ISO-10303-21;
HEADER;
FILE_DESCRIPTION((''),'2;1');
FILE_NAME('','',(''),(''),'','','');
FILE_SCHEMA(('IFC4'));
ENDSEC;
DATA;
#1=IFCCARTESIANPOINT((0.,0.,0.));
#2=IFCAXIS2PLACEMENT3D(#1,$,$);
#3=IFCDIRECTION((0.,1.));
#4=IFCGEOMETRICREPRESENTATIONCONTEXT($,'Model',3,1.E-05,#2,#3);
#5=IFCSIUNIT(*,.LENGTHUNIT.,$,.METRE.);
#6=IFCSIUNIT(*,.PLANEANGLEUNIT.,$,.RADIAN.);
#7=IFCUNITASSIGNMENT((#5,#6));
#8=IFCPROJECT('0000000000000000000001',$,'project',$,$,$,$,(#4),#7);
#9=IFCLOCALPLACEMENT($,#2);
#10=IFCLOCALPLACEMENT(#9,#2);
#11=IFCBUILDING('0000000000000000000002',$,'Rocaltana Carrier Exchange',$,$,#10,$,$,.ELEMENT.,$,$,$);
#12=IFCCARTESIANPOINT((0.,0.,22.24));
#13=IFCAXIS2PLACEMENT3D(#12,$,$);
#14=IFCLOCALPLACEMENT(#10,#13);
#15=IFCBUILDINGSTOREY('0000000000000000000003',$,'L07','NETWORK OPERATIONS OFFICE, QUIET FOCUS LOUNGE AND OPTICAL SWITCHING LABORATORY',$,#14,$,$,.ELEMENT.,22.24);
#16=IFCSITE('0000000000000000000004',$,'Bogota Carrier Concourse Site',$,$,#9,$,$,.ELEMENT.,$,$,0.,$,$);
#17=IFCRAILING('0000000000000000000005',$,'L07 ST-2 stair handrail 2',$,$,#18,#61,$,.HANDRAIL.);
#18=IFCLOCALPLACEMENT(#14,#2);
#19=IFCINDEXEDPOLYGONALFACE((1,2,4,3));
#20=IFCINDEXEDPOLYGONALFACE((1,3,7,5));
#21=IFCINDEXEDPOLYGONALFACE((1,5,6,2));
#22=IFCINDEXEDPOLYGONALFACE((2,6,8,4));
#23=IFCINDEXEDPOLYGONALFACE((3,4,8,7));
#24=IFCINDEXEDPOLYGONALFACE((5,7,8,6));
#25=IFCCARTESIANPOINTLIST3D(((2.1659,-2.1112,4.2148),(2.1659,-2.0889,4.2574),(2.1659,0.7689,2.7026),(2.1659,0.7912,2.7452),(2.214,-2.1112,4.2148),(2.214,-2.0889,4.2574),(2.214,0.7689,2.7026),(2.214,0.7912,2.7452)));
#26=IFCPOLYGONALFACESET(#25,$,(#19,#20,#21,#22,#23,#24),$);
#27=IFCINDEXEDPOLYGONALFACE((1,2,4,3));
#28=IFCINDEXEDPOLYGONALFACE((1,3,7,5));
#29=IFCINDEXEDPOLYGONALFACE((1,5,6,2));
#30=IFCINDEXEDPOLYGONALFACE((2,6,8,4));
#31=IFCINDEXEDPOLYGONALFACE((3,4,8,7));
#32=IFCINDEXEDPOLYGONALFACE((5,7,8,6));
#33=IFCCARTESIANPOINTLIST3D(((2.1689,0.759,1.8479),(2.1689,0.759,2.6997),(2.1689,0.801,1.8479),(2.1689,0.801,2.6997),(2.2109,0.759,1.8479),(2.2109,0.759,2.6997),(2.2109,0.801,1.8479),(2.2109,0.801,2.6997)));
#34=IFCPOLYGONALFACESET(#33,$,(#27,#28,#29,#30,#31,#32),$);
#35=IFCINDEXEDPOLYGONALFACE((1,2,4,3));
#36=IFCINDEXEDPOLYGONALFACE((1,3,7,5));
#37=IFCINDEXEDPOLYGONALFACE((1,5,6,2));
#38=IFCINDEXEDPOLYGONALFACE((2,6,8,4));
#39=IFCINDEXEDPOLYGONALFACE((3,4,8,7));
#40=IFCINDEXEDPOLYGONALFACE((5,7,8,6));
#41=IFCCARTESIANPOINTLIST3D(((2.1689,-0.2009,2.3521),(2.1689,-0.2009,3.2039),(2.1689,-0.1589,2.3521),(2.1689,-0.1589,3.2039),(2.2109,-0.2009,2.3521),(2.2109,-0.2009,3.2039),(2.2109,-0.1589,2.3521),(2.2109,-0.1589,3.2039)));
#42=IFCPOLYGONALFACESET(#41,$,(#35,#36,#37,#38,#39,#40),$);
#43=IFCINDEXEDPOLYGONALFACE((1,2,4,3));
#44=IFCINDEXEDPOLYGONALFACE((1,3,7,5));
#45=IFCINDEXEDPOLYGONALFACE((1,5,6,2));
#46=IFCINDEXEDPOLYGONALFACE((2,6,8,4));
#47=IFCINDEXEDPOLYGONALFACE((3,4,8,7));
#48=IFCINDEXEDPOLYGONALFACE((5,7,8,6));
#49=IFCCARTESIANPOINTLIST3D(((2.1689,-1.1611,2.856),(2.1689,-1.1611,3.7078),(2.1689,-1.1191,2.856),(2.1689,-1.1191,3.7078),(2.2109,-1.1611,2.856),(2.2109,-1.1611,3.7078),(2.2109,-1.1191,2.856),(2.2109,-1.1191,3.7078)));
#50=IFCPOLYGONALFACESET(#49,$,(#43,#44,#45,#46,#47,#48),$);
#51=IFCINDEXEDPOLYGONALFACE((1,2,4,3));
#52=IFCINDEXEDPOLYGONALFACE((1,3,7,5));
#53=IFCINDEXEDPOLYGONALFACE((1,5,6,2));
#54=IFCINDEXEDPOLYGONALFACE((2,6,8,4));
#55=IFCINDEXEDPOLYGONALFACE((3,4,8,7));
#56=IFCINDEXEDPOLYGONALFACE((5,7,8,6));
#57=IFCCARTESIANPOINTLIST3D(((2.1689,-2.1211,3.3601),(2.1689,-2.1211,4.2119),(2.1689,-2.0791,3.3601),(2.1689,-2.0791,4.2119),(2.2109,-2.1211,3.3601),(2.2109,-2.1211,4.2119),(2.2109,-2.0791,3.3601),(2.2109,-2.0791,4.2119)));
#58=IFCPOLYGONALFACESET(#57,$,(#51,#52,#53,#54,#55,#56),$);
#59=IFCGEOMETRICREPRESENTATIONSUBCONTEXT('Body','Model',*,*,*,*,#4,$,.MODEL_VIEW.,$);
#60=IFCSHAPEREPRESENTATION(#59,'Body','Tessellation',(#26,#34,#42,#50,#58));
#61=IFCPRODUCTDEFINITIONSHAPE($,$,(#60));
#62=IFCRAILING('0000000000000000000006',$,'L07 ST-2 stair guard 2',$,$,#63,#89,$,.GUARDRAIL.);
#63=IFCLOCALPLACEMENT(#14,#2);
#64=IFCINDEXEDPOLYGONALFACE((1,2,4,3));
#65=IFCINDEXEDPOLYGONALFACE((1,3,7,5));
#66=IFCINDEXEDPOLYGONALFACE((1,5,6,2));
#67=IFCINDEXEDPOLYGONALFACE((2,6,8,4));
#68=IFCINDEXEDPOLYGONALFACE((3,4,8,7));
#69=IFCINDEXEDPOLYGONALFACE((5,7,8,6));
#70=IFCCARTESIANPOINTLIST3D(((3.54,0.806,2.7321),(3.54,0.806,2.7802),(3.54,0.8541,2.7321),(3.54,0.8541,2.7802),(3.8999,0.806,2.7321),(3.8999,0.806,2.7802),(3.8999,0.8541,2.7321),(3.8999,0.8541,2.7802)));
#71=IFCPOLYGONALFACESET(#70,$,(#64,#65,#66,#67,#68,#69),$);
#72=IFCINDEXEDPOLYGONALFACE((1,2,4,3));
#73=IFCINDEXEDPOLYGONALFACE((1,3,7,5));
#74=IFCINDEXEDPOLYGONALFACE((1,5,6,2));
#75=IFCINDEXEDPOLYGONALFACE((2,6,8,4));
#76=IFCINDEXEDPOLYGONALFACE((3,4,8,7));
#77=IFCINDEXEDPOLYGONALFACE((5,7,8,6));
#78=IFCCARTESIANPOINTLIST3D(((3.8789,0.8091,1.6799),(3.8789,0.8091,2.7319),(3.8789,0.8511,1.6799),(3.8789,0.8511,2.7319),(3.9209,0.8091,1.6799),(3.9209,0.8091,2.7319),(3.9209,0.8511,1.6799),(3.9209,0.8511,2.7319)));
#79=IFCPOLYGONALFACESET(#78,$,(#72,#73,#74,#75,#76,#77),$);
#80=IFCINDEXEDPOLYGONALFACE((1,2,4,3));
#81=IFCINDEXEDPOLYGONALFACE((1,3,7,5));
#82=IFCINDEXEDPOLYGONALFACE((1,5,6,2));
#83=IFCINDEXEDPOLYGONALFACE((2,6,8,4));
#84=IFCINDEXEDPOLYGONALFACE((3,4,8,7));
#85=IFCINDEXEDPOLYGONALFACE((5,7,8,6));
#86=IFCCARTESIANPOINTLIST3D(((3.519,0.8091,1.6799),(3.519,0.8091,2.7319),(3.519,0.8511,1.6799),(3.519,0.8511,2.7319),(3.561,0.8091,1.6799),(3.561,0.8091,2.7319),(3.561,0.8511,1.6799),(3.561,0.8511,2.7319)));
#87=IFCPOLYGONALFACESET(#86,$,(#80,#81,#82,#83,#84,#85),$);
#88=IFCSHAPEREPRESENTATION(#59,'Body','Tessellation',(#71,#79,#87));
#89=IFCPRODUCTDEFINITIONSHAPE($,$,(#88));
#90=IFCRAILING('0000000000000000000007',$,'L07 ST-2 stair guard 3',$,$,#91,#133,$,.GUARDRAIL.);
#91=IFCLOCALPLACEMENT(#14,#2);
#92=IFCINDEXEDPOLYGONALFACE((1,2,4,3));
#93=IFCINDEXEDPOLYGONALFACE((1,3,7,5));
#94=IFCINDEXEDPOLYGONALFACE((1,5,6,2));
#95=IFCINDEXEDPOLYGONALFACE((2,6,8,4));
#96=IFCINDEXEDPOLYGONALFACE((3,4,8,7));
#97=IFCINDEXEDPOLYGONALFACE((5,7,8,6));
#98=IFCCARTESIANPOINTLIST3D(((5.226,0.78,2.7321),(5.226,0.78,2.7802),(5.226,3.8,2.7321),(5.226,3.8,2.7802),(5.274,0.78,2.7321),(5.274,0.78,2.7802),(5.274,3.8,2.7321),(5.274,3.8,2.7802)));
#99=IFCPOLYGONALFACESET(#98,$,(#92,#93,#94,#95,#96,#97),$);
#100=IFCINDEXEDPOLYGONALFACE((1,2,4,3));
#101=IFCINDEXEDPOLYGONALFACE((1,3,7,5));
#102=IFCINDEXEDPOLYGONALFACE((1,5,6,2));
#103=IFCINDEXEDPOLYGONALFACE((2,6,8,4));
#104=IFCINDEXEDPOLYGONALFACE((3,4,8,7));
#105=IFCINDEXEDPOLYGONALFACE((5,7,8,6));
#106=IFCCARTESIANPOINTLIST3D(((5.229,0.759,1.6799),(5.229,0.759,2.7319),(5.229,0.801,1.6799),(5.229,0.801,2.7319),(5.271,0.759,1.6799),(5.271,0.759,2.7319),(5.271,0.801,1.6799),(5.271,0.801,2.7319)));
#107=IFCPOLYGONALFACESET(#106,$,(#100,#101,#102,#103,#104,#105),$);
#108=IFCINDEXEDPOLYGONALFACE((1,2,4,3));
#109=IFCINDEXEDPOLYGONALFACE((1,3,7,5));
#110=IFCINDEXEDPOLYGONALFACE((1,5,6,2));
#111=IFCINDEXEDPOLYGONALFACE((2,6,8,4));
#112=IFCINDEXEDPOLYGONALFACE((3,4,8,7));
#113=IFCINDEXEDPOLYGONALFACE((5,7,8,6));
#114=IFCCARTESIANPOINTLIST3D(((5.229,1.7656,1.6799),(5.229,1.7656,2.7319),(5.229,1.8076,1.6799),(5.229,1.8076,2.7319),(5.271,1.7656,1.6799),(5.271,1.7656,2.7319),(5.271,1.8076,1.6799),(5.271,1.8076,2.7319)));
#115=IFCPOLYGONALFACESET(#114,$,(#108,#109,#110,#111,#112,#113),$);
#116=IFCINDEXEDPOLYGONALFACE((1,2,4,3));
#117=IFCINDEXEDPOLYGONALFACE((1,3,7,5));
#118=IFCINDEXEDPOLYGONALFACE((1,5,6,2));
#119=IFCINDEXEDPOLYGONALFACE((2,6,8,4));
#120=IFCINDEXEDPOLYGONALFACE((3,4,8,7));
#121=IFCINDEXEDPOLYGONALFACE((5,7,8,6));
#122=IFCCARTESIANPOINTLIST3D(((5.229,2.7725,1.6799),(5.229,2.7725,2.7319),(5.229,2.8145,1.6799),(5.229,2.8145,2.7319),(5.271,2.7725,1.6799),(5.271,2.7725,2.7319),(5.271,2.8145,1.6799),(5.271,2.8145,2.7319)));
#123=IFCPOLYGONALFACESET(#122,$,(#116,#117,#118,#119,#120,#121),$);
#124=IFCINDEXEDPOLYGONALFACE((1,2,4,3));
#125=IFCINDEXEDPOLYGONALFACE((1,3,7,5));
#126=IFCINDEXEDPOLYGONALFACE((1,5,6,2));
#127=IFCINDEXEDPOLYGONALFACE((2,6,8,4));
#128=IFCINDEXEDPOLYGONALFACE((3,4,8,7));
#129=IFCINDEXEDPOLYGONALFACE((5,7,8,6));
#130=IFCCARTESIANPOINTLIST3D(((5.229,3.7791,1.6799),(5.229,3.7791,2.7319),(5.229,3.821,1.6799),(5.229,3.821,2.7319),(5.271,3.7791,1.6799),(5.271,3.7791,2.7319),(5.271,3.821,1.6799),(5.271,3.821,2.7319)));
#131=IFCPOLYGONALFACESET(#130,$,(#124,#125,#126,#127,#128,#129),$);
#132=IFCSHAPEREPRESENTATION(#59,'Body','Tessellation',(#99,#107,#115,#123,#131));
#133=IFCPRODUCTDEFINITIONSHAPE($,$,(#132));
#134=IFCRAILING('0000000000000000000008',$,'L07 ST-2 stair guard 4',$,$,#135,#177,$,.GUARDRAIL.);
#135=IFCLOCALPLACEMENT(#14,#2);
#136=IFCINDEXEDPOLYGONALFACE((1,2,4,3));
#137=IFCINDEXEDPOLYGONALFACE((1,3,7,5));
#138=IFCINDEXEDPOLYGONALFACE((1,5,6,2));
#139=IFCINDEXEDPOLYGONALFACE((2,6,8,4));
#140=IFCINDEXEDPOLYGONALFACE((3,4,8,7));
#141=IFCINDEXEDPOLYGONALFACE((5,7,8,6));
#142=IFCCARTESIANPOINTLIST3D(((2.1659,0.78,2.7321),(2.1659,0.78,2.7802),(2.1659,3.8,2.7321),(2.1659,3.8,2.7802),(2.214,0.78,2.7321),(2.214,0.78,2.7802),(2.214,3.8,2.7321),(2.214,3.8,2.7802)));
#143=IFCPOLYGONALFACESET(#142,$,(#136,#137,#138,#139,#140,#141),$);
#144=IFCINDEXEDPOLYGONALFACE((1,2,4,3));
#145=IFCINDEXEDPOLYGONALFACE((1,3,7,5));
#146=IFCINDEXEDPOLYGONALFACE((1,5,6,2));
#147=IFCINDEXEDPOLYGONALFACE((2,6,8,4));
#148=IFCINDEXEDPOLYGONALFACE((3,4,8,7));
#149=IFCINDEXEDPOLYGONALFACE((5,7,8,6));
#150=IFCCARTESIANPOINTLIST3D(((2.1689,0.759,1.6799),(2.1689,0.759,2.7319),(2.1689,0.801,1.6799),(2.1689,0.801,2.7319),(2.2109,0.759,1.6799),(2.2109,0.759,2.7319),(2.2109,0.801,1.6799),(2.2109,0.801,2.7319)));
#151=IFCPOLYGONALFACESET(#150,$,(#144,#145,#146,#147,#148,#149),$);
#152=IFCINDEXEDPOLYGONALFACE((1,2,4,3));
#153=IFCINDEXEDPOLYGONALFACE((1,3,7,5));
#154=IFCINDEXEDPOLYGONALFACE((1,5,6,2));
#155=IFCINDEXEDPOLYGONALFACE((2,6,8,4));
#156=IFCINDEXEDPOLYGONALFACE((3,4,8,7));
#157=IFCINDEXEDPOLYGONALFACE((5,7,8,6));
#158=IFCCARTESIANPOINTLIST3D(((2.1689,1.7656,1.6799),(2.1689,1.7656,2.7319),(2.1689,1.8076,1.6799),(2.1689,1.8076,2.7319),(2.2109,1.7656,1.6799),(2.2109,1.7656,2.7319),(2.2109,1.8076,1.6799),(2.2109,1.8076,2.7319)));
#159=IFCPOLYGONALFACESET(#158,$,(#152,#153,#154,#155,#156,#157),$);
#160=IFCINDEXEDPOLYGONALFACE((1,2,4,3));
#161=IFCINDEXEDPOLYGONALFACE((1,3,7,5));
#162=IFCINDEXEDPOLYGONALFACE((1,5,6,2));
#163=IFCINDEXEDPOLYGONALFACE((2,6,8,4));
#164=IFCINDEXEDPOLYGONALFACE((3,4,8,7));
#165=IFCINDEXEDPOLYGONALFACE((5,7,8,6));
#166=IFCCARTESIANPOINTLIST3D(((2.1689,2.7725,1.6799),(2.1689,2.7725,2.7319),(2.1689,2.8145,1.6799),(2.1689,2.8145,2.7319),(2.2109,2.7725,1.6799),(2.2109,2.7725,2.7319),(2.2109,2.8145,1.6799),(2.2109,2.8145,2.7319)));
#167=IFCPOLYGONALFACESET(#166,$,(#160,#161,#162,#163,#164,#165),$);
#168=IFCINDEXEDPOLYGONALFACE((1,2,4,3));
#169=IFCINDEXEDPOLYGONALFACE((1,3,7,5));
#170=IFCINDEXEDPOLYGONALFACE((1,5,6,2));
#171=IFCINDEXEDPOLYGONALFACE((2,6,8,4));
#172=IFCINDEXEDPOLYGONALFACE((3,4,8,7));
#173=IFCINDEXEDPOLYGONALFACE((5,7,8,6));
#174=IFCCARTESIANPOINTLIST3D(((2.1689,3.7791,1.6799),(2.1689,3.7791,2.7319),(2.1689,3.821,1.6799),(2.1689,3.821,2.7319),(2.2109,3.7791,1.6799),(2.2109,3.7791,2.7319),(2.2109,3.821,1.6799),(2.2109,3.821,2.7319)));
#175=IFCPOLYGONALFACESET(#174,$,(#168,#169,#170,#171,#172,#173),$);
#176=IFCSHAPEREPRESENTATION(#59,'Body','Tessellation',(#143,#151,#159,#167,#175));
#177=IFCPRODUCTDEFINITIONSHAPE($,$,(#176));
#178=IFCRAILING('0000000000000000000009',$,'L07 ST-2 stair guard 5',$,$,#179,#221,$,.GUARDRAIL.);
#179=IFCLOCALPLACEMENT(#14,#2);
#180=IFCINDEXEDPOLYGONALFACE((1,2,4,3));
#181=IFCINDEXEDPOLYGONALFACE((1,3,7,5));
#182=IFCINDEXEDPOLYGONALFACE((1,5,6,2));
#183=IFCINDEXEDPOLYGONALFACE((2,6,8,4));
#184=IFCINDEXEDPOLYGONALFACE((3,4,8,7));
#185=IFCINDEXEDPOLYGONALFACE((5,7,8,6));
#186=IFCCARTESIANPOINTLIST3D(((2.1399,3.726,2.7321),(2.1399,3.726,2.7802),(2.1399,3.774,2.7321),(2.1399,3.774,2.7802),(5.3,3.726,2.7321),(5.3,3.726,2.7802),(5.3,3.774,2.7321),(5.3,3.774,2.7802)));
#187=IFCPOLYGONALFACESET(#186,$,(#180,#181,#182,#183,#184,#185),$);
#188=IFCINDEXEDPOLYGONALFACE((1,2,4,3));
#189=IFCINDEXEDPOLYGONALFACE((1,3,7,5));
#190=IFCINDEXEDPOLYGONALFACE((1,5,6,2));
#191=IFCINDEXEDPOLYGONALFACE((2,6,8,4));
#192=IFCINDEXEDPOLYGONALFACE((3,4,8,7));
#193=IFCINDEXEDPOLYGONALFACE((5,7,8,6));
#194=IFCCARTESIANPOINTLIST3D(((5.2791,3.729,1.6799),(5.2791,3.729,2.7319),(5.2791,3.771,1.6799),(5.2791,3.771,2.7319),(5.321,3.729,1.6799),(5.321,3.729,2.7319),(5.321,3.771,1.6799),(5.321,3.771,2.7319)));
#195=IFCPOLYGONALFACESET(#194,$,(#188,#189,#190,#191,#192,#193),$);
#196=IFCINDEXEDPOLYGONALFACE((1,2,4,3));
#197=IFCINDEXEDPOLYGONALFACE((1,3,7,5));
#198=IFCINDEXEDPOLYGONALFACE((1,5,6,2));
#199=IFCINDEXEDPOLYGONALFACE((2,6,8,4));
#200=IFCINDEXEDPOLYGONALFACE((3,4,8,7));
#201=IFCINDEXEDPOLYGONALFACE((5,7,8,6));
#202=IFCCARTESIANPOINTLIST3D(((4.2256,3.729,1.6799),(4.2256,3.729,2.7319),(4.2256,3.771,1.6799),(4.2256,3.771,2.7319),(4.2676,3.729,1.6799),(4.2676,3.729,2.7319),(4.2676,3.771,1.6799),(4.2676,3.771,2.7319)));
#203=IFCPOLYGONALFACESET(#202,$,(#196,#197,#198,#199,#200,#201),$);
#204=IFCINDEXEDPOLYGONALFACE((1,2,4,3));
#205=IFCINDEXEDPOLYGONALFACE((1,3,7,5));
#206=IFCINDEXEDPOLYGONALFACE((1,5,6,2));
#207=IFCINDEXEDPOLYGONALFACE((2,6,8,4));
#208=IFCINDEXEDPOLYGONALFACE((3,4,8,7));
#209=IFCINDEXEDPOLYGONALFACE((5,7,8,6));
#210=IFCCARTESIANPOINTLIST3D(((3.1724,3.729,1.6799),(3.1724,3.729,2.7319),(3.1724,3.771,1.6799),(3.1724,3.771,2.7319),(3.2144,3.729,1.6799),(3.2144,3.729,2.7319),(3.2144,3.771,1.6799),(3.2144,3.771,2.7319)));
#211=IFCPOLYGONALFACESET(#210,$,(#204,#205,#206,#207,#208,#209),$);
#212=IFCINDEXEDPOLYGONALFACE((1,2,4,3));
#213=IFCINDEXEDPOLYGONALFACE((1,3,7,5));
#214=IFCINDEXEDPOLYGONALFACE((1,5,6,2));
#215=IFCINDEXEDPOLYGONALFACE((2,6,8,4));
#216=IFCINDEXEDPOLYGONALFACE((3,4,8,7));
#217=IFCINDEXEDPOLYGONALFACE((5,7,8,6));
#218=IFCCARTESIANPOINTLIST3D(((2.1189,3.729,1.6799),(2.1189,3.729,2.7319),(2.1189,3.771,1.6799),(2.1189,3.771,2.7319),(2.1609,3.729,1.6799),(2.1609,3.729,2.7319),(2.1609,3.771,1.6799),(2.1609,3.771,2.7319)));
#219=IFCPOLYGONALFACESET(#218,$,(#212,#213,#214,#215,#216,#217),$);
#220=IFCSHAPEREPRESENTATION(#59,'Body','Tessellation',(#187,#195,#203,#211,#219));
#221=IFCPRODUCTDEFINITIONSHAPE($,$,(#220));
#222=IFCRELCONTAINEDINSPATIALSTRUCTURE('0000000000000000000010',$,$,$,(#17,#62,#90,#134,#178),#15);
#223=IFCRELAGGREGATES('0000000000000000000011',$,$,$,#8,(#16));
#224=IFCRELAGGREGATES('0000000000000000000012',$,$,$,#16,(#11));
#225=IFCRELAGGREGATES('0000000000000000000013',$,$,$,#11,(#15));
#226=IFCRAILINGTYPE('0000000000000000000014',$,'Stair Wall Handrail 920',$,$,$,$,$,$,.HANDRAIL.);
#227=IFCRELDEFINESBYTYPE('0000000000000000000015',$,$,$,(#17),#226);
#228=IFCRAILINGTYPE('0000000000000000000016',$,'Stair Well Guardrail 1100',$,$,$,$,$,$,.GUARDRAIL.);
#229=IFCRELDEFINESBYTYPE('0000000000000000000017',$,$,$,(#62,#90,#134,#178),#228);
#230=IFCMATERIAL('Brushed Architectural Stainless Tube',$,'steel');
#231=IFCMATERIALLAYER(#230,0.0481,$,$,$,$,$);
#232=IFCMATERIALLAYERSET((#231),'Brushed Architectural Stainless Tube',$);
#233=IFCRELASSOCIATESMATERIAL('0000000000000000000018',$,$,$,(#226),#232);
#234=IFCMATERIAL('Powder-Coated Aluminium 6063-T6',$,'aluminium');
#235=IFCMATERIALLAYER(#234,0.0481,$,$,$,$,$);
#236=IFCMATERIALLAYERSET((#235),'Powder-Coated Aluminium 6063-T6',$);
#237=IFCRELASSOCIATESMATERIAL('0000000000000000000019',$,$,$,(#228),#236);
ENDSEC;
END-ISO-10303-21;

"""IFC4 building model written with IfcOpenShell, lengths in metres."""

from ifc_helpers import new_model, si_unit, direction, frame, origin, origin_2d, place, context, subcontext, project, spatial, rectangle, extrude, material, layer, layer_set, type_object, element, save


model = new_model("IFC4")

# Units and contexts
model_context = context("Model", 3, precision=1e-05, world=origin(), true_north=direction((0.0, 1.0)))
body_context = subcontext(model_context, "Body", "Model", "MODEL_VIEW")
ifc_project = project(units=[si_unit("LENGTHUNIT", "METRE"), si_unit("PLANEANGLEUNIT", "RADIAN")], contexts=[model_context])

# Site, building, storey
site_placement = place(None, origin())
site = spatial("IfcSite", under=ifc_project, at=site_placement, Name="Bogota Carrier Concourse Site", CompositionType="ELEMENT", RefElevation=0.0)
building_placement = place(site_placement, origin())
building = spatial("IfcBuilding", under=site, at=building_placement, Name="Rocaltana Carrier Exchange", CompositionType="ELEMENT")
storey_placement = place(building_placement, frame((0.0, 0.0, 22.24)))
storey = spatial("IfcBuildingStorey", under=building, at=storey_placement, Name="L07", Description="NETWORK OPERATIONS OFFICE, QUIET FOCUS LOUNGE AND OPTICAL SWITCHING LABORATORY", CompositionType="ELEMENT", Elevation=22.24)

# Railings
ifc_material_1 = material(Name="Brushed Architectural Stainless Tube", Category="steel")
ifc_layer_1 = layer(ifc_material_1, 0.0481)
ifc_layer_set_1 = layer_set([ifc_layer_1], Name="Brushed Architectural Stainless Tube")
railing_type_1 = type_object("IfcRailingType", Name="Stair Wall Handrail 920", PredefinedType="HANDRAIL", material=ifc_layer_set_1)
railing_1_placement = place(storey_placement, frame((2.1899, 0.78, 1.8479)))
element("IfcRailing", 1, at=railing_1_placement, inside=storey, type_object=railing_type_1, Name="L07 ST-2 stair handrail 2", PredefinedType="HANDRAIL", context=body_context, shape_type="SweptSolid", body=[
    extrude(rectangle(XDim=0.0481, YDim=0.0481, at=origin_2d()), frame((0.0, 0.0, 0.876), z_axis=(0.0, -0.88538, 0.464868), x_axis=(1.0, 0.0, 0.0)), (0.0, 0.0, 1.0), 3.2529),
    extrude(rectangle(XDim=0.042, YDim=0.042, at=origin_2d()), origin(), (0.0, 0.0, 1.0), 0.8518),
    extrude(rectangle(XDim=0.042, YDim=0.042, at=origin_2d()), frame((0.0, -0.96, 0.5042)), (0.0, 0.0, 1.0), 0.8518),
    extrude(rectangle(XDim=0.042, YDim=0.042, at=origin_2d()), frame((0.0, -1.9202, 1.0081)), (0.0, 0.0, 1.0), 0.8518),
    extrude(rectangle(XDim=0.042, YDim=0.042, at=origin_2d()), frame((0.0, -2.8801, 1.5122)), (0.0, 0.0, 1.0), 0.8518),
])
ifc_material_2 = material(Name="Powder-Coated Aluminium 6063-T6", Category="aluminium")
ifc_layer_2 = layer(ifc_material_2, 0.0481)
ifc_layer_set_2 = layer_set([ifc_layer_2], Name="Powder-Coated Aluminium 6063-T6")
railing_type_2 = type_object("IfcRailingType", Name="Stair Well Guardrail 1100", PredefinedType="GUARDRAIL", material=ifc_layer_set_2)
railing_2_placement = place(storey_placement, frame((3.8999, 0.8301, 1.6799)))
element("IfcRailing", 2, at=railing_2_placement, inside=storey, type_object=railing_type_2, Name="L07 ST-2 stair guard 2", PredefinedType="GUARDRAIL", context=body_context, shape_type="SweptSolid", body=[
    extrude(rectangle(XDim=0.0481, YDim=0.0481, at=origin_2d()), frame((0.0, 0.0, 1.0762), z_axis=(-1.0, 0.0, 0.0), x_axis=(0.0, -1.0, 0.0)), (0.0, 0.0, 1.0), 0.3599),
    extrude(rectangle(XDim=0.042, YDim=0.042, at=origin_2d()), origin(), (0.0, 0.0, 1.0), 1.052),
    extrude(rectangle(XDim=0.042, YDim=0.042, at=origin_2d()), frame((-0.3599, 0.0, 0.0)), (0.0, 0.0, 1.0), 1.052),
])
for number, where, name in (
    (3, (5.25, 0.78, 1.6799), "L07 ST-2 stair guard 3"),
    (4, (2.1899, 0.78, 1.6799), "L07 ST-2 stair guard 4"),
):
    element("IfcRailing", number, at=place(storey_placement, frame(where)), inside=storey, type_object=railing_type_2, Name=name, PredefinedType="GUARDRAIL", context=body_context, shape_type="SweptSolid", body=[
        extrude(rectangle(XDim=0.0481, YDim=0.0481, at=origin_2d()), frame((0.0, 0.0, 1.0762), z_axis=(0.0, 1.0, 0.0), x_axis=(-1.0, 0.0, 0.0)), (0.0, 0.0, 1.0), 3.02),
        extrude(rectangle(XDim=0.042, YDim=0.042, at=origin_2d()), origin(), (0.0, 0.0, 1.0), 1.052),
        extrude(rectangle(XDim=0.042, YDim=0.042, at=origin_2d()), frame((0.0, 1.0066, 0.0)), (0.0, 0.0, 1.0), 1.052),
        extrude(rectangle(XDim=0.042, YDim=0.042, at=origin_2d()), frame((0.0, 2.0134, 0.0)), (0.0, 0.0, 1.0), 1.052),
        extrude(rectangle(XDim=0.042, YDim=0.042, at=origin_2d()), frame((0.0, 3.02, 0.0)), (0.0, 0.0, 1.0), 1.052),
    ])
railing_3_placement = place(storey_placement, frame((5.3, 3.75, 1.6799)))
element("IfcRailing", 5, at=railing_3_placement, inside=storey, type_object=railing_type_2, Name="L07 ST-2 stair guard 5", PredefinedType="GUARDRAIL", context=body_context, shape_type="SweptSolid", body=[
    extrude(rectangle(XDim=0.0481, YDim=0.0481, at=origin_2d()), frame((0.0, 0.0, 1.0762), z_axis=(-1.0, 0.0, 0.0), x_axis=(0.0, -1.0, 0.0)), (0.0, 0.0, 1.0), 3.1602),
    extrude(rectangle(XDim=0.042, YDim=0.042, at=origin_2d()), origin(), (0.0, 0.0, 1.0), 1.052),
    extrude(rectangle(XDim=0.042, YDim=0.042, at=origin_2d()), frame((-1.0535, 0.0, 0.0)), (0.0, 0.0, 1.0), 1.052),
    extrude(rectangle(XDim=0.042, YDim=0.042, at=origin_2d()), frame((-2.1067, 0.0, 0.0)), (0.0, 0.0, 1.0), 1.052),
    extrude(rectangle(XDim=0.042, YDim=0.042, at=origin_2d()), frame((-3.1602, 0.0, 0.0)), (0.0, 0.0, 1.0), 1.052),
])

save(model, "model.ifc")
